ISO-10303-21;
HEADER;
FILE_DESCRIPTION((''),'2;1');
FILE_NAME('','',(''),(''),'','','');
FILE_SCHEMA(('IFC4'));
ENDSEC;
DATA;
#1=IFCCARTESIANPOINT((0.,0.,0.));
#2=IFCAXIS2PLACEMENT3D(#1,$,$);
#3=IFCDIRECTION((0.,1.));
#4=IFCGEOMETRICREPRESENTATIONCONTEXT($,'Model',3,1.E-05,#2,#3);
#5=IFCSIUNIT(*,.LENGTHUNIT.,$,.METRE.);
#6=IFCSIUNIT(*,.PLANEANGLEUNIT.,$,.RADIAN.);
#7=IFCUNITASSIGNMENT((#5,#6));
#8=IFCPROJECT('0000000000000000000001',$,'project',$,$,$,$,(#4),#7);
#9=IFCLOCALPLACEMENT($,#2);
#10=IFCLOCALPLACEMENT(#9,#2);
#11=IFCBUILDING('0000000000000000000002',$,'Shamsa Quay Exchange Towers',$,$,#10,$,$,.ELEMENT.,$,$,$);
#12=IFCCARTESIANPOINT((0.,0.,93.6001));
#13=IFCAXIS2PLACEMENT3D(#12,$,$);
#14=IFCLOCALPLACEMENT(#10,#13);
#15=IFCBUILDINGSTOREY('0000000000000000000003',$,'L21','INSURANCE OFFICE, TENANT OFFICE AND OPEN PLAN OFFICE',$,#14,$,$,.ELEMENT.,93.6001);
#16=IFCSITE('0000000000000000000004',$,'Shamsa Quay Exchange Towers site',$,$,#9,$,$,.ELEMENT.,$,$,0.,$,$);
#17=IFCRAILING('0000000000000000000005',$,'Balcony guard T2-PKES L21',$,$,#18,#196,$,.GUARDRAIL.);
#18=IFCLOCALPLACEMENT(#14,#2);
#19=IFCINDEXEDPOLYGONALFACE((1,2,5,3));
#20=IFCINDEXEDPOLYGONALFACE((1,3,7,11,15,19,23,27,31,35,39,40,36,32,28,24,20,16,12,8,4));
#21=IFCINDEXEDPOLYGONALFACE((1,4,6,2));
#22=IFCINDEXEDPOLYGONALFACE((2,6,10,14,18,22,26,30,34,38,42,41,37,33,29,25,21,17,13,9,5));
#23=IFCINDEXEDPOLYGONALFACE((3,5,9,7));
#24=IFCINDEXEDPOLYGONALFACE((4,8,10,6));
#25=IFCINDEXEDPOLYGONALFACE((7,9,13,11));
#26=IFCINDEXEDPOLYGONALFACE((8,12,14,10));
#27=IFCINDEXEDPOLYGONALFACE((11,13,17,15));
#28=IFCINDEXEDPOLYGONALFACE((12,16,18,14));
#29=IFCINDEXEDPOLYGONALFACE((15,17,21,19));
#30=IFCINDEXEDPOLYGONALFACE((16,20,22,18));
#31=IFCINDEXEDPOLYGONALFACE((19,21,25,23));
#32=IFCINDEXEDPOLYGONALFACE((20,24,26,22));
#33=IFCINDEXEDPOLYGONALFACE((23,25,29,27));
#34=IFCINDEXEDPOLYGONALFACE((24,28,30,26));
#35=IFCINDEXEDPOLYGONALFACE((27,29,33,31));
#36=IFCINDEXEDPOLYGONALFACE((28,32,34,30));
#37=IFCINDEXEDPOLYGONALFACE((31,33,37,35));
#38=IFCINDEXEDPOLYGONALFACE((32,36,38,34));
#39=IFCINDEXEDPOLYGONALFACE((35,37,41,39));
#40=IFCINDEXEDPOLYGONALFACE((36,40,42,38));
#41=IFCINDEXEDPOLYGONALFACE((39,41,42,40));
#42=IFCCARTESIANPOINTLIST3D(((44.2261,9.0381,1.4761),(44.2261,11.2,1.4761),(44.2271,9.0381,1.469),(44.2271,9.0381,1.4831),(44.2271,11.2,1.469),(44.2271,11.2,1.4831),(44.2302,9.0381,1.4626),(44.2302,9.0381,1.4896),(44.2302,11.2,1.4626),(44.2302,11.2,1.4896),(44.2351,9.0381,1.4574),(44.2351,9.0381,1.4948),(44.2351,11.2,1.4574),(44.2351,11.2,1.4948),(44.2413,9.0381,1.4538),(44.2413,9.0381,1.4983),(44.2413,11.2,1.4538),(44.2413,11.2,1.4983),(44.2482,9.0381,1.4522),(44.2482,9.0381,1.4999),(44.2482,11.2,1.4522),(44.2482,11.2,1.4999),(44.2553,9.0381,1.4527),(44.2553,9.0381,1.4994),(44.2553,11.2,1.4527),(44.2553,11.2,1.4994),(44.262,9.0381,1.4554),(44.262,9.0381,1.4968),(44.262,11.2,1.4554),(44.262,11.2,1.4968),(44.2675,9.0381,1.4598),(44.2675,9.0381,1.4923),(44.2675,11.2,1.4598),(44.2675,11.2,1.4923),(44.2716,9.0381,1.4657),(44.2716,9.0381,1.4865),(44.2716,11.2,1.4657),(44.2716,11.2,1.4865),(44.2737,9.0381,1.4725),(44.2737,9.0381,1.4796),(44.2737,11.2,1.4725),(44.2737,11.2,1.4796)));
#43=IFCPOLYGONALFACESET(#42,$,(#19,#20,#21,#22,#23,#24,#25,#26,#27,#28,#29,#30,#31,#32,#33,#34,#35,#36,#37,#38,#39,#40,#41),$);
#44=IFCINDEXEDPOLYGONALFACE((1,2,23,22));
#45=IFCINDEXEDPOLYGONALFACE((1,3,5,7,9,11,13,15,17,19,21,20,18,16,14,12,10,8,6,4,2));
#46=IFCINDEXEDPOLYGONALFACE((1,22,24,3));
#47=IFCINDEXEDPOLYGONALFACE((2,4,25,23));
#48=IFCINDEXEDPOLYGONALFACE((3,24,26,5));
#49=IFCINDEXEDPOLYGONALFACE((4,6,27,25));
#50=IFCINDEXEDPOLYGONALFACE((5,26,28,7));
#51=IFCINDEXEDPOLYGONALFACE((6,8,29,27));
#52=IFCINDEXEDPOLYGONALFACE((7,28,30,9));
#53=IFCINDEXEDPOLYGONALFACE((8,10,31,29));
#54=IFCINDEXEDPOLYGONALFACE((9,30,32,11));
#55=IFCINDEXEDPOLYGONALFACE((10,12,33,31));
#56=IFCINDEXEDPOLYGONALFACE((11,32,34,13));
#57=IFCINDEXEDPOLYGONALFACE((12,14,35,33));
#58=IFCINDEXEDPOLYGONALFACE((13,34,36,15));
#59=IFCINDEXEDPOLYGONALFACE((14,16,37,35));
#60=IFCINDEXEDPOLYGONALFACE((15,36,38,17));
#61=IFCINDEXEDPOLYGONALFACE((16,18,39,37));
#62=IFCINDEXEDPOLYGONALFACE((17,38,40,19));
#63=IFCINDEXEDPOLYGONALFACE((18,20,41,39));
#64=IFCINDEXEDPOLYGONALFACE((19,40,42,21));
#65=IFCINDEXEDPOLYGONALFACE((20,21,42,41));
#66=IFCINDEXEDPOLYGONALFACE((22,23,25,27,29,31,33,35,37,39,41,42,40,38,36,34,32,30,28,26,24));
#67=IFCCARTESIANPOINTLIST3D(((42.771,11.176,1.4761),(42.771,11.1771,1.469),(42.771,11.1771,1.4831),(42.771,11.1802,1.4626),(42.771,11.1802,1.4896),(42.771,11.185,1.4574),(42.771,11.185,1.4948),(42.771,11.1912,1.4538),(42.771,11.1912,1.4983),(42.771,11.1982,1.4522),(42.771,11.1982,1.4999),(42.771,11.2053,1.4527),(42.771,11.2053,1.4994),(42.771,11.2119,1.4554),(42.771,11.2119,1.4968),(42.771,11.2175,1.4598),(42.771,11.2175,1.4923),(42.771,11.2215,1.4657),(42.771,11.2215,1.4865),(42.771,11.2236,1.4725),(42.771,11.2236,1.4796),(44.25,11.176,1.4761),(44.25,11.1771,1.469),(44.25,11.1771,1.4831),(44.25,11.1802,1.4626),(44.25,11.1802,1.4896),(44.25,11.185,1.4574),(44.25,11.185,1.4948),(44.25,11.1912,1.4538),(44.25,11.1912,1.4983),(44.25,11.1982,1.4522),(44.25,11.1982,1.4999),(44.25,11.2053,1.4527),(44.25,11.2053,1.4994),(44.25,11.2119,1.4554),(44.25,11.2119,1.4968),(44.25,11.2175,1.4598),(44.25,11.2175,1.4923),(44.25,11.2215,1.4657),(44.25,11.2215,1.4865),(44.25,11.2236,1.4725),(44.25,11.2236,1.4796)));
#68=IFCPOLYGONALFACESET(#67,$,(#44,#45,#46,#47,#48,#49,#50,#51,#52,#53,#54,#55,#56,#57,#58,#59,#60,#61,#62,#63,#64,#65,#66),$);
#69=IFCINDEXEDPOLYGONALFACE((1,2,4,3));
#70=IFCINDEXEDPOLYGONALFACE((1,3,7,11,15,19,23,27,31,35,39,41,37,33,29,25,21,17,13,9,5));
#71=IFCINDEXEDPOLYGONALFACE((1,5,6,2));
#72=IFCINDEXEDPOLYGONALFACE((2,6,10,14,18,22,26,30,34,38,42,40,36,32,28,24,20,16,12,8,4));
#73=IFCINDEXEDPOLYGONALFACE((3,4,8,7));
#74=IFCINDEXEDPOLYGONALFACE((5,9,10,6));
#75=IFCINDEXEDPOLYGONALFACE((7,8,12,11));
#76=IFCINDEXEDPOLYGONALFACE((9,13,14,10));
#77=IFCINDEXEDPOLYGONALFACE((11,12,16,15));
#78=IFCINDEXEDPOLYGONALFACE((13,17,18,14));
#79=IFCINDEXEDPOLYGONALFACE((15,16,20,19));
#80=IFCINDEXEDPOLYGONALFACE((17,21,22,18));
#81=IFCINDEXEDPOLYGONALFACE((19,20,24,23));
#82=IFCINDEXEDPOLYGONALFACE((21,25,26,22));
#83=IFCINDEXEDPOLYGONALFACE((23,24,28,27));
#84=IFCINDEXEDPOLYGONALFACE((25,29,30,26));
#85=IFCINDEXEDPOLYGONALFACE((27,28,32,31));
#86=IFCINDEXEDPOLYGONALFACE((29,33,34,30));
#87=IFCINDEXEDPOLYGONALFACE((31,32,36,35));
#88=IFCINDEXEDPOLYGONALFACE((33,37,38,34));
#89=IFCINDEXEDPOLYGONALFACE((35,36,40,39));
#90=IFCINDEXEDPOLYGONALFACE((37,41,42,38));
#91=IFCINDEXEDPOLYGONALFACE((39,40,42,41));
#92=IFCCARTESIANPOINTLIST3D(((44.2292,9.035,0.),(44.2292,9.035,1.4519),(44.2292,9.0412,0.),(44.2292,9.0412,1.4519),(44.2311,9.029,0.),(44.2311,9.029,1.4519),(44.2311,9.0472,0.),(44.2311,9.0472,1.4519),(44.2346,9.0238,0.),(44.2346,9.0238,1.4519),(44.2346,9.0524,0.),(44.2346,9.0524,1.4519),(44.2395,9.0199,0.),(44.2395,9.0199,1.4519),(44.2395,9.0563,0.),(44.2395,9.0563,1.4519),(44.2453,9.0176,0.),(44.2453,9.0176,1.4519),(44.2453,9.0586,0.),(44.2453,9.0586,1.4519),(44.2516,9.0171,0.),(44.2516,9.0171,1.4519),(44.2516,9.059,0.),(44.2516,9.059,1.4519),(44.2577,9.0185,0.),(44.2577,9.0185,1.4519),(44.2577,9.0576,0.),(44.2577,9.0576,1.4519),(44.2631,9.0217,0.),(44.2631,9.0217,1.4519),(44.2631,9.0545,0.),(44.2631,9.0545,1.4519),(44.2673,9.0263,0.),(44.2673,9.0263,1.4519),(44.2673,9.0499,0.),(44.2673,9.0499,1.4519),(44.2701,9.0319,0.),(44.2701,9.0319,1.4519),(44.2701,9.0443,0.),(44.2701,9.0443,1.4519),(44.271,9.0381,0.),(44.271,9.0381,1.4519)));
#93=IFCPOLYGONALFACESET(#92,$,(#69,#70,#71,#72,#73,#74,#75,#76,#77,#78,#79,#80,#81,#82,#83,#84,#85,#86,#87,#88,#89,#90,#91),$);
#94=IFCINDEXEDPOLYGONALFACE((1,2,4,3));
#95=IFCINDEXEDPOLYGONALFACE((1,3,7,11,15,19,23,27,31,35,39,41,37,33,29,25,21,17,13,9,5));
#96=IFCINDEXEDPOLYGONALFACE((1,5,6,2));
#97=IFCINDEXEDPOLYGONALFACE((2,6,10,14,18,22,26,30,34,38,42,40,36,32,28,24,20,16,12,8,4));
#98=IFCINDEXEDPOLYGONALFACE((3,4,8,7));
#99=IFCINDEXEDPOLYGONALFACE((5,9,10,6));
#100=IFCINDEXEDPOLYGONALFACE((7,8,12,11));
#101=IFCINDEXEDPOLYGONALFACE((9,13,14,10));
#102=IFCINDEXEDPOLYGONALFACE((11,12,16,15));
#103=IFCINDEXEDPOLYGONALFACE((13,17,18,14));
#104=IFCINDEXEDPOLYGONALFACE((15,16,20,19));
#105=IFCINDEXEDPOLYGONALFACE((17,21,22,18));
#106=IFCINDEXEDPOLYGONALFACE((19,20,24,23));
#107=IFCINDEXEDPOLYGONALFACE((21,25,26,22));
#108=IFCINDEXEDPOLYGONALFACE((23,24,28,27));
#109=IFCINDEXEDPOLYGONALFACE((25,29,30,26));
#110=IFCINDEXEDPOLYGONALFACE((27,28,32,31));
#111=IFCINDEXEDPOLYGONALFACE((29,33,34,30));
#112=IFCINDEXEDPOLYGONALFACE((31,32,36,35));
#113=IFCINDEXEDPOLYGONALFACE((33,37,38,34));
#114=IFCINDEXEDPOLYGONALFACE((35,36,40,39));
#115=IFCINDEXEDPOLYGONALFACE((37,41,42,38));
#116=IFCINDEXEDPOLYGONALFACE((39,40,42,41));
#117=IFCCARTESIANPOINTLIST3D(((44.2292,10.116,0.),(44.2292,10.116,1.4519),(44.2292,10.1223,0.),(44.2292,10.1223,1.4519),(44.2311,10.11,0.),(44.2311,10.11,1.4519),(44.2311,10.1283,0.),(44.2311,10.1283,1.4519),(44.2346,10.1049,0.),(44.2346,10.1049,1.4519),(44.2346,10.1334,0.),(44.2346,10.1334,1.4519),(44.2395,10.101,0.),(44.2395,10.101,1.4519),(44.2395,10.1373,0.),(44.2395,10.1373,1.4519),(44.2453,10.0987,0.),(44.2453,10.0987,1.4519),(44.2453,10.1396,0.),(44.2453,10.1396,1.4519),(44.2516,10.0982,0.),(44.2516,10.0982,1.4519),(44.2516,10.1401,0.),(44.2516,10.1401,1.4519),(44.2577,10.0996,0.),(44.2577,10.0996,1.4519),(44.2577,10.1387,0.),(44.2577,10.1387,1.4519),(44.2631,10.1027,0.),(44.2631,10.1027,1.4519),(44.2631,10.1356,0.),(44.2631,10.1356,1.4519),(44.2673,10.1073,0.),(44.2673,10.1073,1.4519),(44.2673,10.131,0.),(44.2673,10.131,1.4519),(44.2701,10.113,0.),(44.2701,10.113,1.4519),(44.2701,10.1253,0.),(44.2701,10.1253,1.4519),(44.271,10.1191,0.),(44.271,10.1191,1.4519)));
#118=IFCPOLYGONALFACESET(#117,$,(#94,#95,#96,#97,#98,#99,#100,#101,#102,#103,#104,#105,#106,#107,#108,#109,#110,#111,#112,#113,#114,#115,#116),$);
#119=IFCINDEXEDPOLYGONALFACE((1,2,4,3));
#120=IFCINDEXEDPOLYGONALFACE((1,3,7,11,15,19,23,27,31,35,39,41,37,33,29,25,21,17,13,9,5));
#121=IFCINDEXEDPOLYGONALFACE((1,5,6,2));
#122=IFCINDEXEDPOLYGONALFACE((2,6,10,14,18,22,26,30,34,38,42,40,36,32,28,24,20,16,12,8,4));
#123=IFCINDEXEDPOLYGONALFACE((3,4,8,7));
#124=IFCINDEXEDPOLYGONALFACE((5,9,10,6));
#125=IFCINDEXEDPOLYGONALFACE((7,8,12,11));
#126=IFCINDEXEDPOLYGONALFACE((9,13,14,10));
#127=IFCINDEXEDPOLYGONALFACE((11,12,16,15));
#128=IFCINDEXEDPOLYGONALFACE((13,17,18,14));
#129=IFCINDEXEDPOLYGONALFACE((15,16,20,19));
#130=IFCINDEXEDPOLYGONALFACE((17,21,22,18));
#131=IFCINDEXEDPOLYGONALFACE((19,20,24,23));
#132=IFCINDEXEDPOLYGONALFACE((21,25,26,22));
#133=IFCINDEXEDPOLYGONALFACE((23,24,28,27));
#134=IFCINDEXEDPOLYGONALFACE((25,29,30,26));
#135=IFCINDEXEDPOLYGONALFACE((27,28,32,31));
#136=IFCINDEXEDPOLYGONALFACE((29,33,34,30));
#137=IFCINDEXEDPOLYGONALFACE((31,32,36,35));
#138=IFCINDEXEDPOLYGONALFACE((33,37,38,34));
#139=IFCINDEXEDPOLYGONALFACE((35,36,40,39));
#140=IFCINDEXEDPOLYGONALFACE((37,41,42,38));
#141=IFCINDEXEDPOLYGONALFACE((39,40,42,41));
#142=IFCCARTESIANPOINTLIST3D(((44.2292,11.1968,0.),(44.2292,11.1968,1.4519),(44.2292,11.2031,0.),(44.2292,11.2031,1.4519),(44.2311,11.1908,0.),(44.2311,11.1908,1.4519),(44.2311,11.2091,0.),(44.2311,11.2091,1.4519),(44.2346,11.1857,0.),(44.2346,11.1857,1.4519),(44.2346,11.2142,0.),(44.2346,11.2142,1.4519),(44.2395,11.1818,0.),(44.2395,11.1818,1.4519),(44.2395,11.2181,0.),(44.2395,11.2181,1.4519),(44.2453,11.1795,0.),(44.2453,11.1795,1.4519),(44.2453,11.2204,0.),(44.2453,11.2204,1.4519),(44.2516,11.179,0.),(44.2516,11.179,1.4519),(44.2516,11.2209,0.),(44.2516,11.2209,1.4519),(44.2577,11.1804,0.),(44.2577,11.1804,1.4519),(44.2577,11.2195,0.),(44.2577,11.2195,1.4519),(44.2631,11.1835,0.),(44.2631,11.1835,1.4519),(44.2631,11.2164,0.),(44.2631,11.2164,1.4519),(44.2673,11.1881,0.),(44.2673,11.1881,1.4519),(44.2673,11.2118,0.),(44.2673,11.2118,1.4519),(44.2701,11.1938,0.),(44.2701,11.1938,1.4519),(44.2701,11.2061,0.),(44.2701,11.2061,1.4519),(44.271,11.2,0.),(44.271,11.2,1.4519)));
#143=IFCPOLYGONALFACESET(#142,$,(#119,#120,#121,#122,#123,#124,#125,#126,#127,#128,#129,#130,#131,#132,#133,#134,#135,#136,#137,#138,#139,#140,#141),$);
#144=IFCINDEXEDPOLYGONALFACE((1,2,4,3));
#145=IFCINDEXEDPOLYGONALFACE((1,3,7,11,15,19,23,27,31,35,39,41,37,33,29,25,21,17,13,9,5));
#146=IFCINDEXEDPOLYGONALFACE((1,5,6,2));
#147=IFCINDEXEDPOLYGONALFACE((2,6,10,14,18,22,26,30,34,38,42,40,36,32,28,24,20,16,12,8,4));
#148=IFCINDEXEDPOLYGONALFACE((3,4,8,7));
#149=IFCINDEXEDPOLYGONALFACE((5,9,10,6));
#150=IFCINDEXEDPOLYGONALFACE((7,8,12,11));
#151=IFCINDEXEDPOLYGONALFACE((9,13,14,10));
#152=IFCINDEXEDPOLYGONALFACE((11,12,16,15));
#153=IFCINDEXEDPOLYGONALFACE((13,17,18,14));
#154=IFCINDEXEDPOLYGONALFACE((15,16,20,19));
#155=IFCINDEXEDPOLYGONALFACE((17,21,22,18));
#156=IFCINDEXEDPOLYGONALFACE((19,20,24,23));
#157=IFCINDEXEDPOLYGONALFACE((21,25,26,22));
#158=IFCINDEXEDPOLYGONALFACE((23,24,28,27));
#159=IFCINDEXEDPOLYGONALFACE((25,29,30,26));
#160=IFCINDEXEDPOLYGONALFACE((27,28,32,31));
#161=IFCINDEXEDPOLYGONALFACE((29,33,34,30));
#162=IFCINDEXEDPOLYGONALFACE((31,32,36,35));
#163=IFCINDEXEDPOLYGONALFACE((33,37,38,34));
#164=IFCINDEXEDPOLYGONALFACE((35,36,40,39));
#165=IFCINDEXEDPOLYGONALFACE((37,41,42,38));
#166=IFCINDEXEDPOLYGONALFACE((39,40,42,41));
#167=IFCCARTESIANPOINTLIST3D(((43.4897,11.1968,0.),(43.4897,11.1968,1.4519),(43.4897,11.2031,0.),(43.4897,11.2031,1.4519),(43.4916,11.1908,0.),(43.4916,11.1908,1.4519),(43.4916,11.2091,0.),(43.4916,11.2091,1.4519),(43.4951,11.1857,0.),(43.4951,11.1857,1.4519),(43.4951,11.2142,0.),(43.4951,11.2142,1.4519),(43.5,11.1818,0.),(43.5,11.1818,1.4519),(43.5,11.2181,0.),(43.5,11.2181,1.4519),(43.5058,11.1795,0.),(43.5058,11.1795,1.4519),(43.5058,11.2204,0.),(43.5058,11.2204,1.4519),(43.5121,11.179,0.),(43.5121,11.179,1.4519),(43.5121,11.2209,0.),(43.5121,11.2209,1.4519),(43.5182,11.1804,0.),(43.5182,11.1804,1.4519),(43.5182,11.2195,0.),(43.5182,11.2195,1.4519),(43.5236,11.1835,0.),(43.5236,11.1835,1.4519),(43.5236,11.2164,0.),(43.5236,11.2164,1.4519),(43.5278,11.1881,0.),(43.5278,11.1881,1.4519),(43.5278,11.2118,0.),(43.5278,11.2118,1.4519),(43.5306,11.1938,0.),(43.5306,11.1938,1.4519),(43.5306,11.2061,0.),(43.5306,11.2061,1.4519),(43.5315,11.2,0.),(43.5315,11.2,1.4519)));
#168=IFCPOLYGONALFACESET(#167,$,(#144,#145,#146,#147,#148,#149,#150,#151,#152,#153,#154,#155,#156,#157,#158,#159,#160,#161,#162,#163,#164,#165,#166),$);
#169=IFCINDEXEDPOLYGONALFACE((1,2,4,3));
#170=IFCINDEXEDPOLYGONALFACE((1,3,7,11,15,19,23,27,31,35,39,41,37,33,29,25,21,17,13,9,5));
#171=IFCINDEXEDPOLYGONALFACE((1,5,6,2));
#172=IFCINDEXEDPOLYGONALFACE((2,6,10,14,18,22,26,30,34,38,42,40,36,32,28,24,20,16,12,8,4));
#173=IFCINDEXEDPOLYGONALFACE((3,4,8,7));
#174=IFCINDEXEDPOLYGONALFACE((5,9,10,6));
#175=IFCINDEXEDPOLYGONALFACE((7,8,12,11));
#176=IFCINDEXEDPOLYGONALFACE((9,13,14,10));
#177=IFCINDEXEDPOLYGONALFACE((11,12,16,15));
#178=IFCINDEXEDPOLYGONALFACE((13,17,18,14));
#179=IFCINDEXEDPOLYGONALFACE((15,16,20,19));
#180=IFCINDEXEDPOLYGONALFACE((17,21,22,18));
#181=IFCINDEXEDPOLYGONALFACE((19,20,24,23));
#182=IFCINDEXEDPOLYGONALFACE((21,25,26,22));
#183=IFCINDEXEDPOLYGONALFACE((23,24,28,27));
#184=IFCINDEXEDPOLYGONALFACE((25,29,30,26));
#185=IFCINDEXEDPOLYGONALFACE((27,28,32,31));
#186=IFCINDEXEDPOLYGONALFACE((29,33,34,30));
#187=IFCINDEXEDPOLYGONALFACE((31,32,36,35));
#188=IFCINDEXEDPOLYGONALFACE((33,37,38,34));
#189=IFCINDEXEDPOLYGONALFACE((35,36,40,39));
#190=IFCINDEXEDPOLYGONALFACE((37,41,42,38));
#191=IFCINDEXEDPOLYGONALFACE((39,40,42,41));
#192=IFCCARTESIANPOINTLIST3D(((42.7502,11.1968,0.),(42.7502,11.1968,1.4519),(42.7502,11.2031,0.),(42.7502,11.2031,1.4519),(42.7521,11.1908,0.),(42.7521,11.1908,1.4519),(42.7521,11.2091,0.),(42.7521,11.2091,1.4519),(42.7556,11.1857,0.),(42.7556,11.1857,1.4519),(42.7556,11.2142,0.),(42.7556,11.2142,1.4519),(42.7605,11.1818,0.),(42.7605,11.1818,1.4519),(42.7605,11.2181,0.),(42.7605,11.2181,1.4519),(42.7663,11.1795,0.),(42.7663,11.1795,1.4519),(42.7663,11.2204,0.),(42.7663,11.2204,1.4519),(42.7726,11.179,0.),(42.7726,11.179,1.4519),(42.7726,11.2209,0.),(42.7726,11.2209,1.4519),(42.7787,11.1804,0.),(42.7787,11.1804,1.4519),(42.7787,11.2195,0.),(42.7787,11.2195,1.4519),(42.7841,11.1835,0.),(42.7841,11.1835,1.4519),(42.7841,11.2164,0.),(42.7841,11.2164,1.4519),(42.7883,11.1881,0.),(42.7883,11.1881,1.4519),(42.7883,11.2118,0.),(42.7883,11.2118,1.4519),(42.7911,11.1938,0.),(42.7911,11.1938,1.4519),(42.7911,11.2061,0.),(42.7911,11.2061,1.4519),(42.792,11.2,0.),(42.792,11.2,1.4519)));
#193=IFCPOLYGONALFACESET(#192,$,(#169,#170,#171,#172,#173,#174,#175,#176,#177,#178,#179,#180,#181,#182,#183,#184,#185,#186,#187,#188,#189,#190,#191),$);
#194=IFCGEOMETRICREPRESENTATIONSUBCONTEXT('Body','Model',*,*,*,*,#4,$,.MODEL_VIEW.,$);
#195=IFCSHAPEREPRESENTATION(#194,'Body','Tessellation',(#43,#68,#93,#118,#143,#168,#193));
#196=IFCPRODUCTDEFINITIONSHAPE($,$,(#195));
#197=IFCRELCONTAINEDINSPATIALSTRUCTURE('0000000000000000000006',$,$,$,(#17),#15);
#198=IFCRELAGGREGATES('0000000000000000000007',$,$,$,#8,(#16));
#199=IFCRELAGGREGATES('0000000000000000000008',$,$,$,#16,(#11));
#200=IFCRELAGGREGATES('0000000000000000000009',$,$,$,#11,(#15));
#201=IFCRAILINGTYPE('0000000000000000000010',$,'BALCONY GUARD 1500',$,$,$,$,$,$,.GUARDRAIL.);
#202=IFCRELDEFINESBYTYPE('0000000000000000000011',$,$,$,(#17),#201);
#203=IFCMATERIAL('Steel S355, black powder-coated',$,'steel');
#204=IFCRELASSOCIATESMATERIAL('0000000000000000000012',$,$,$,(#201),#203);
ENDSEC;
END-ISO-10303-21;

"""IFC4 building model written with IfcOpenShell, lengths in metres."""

from ifc_helpers import new_model, si_unit, direction, frame, origin, origin_2d, place, context, subcontext, project, spatial, circle, extrude, material, type_object, element, save


model = new_model("IFC4")

# Units and contexts
model_context = context("Model", 3, precision=1e-05, world=origin(), true_north=direction((0.0, 1.0)))
body_context = subcontext(model_context, "Body", "Model", "MODEL_VIEW")
ifc_project = project(units=[si_unit("LENGTHUNIT", "METRE"), si_unit("PLANEANGLEUNIT", "RADIAN")], contexts=[model_context])

# Site, building, storey
site_placement = place(None, origin())
site = spatial("IfcSite", under=ifc_project, at=site_placement, Name="Shamsa Quay Exchange Towers site", CompositionType="ELEMENT", RefElevation=0.0)
building_placement = place(site_placement, origin())
building = spatial("IfcBuilding", under=site, at=building_placement, Name="Shamsa Quay Exchange Towers", CompositionType="ELEMENT")
storey_placement = place(building_placement, frame((0.0, 0.0, 93.6001)))
storey = spatial("IfcBuildingStorey", under=building, at=storey_placement, Name="L21", Description="INSURANCE OFFICE, TENANT OFFICE AND OPEN PLAN OFFICE", CompositionType="ELEMENT", Elevation=93.6001)

# Railing
ifc_material_1 = material(Name="Steel S355, black powder-coated", Category="steel")
railing_type_1 = type_object("IfcRailingType", Name="BALCONY GUARD 1500", PredefinedType="GUARDRAIL", material=ifc_material_1)
for number, where, name in (
    (1, (44.25, 9.0381, 0.0), "Balcony guard T2-PKES L21"),
):
    element("IfcRailing", number, at=place(storey_placement, frame(where)), inside=storey, type_object=railing_type_1, Name=name, PredefinedType="GUARDRAIL", context=body_context, shape_type="SweptSolid", body=[
        extrude(circle(Radius=0.0239, at=origin_2d()), frame((0.0, 0.0, 1.4761), z_axis=(0.0, 1.0, 0.0), x_axis=(-1.0, 0.0, 0.0)), (0.0, 0.0, 1.0), 2.1619),
        extrude(circle(Radius=0.0239, at=origin_2d()), frame((0.0, 2.1619, 1.4761), z_axis=(-1.0, 0.0, 0.0), x_axis=(0.0, -1.0, 0.0)), (0.0, 0.0, 1.0), 1.479),
        extrude(circle(Radius=0.021, at=origin_2d()), origin(), (0.0, 0.0, 1.0), 1.4519),
        extrude(circle(Radius=0.021, at=origin_2d()), frame((0.0, 1.0811, 0.0)), (0.0, 0.0, 1.0), 1.4519),
        extrude(circle(Radius=0.021, at=origin_2d()), frame((0.0, 2.1619, 0.0)), (0.0, 0.0, 1.0), 1.4519),
        extrude(circle(Radius=0.021, at=origin_2d()), frame((-0.7395, 2.1619, 0.0)), (0.0, 0.0, 1.0), 1.4519),
        extrude(circle(Radius=0.021, at=origin_2d()), frame((-1.479, 2.1619, 0.0)), (0.0, 0.0, 1.0), 1.4519),
    ])

save(model, "model.ifc")
